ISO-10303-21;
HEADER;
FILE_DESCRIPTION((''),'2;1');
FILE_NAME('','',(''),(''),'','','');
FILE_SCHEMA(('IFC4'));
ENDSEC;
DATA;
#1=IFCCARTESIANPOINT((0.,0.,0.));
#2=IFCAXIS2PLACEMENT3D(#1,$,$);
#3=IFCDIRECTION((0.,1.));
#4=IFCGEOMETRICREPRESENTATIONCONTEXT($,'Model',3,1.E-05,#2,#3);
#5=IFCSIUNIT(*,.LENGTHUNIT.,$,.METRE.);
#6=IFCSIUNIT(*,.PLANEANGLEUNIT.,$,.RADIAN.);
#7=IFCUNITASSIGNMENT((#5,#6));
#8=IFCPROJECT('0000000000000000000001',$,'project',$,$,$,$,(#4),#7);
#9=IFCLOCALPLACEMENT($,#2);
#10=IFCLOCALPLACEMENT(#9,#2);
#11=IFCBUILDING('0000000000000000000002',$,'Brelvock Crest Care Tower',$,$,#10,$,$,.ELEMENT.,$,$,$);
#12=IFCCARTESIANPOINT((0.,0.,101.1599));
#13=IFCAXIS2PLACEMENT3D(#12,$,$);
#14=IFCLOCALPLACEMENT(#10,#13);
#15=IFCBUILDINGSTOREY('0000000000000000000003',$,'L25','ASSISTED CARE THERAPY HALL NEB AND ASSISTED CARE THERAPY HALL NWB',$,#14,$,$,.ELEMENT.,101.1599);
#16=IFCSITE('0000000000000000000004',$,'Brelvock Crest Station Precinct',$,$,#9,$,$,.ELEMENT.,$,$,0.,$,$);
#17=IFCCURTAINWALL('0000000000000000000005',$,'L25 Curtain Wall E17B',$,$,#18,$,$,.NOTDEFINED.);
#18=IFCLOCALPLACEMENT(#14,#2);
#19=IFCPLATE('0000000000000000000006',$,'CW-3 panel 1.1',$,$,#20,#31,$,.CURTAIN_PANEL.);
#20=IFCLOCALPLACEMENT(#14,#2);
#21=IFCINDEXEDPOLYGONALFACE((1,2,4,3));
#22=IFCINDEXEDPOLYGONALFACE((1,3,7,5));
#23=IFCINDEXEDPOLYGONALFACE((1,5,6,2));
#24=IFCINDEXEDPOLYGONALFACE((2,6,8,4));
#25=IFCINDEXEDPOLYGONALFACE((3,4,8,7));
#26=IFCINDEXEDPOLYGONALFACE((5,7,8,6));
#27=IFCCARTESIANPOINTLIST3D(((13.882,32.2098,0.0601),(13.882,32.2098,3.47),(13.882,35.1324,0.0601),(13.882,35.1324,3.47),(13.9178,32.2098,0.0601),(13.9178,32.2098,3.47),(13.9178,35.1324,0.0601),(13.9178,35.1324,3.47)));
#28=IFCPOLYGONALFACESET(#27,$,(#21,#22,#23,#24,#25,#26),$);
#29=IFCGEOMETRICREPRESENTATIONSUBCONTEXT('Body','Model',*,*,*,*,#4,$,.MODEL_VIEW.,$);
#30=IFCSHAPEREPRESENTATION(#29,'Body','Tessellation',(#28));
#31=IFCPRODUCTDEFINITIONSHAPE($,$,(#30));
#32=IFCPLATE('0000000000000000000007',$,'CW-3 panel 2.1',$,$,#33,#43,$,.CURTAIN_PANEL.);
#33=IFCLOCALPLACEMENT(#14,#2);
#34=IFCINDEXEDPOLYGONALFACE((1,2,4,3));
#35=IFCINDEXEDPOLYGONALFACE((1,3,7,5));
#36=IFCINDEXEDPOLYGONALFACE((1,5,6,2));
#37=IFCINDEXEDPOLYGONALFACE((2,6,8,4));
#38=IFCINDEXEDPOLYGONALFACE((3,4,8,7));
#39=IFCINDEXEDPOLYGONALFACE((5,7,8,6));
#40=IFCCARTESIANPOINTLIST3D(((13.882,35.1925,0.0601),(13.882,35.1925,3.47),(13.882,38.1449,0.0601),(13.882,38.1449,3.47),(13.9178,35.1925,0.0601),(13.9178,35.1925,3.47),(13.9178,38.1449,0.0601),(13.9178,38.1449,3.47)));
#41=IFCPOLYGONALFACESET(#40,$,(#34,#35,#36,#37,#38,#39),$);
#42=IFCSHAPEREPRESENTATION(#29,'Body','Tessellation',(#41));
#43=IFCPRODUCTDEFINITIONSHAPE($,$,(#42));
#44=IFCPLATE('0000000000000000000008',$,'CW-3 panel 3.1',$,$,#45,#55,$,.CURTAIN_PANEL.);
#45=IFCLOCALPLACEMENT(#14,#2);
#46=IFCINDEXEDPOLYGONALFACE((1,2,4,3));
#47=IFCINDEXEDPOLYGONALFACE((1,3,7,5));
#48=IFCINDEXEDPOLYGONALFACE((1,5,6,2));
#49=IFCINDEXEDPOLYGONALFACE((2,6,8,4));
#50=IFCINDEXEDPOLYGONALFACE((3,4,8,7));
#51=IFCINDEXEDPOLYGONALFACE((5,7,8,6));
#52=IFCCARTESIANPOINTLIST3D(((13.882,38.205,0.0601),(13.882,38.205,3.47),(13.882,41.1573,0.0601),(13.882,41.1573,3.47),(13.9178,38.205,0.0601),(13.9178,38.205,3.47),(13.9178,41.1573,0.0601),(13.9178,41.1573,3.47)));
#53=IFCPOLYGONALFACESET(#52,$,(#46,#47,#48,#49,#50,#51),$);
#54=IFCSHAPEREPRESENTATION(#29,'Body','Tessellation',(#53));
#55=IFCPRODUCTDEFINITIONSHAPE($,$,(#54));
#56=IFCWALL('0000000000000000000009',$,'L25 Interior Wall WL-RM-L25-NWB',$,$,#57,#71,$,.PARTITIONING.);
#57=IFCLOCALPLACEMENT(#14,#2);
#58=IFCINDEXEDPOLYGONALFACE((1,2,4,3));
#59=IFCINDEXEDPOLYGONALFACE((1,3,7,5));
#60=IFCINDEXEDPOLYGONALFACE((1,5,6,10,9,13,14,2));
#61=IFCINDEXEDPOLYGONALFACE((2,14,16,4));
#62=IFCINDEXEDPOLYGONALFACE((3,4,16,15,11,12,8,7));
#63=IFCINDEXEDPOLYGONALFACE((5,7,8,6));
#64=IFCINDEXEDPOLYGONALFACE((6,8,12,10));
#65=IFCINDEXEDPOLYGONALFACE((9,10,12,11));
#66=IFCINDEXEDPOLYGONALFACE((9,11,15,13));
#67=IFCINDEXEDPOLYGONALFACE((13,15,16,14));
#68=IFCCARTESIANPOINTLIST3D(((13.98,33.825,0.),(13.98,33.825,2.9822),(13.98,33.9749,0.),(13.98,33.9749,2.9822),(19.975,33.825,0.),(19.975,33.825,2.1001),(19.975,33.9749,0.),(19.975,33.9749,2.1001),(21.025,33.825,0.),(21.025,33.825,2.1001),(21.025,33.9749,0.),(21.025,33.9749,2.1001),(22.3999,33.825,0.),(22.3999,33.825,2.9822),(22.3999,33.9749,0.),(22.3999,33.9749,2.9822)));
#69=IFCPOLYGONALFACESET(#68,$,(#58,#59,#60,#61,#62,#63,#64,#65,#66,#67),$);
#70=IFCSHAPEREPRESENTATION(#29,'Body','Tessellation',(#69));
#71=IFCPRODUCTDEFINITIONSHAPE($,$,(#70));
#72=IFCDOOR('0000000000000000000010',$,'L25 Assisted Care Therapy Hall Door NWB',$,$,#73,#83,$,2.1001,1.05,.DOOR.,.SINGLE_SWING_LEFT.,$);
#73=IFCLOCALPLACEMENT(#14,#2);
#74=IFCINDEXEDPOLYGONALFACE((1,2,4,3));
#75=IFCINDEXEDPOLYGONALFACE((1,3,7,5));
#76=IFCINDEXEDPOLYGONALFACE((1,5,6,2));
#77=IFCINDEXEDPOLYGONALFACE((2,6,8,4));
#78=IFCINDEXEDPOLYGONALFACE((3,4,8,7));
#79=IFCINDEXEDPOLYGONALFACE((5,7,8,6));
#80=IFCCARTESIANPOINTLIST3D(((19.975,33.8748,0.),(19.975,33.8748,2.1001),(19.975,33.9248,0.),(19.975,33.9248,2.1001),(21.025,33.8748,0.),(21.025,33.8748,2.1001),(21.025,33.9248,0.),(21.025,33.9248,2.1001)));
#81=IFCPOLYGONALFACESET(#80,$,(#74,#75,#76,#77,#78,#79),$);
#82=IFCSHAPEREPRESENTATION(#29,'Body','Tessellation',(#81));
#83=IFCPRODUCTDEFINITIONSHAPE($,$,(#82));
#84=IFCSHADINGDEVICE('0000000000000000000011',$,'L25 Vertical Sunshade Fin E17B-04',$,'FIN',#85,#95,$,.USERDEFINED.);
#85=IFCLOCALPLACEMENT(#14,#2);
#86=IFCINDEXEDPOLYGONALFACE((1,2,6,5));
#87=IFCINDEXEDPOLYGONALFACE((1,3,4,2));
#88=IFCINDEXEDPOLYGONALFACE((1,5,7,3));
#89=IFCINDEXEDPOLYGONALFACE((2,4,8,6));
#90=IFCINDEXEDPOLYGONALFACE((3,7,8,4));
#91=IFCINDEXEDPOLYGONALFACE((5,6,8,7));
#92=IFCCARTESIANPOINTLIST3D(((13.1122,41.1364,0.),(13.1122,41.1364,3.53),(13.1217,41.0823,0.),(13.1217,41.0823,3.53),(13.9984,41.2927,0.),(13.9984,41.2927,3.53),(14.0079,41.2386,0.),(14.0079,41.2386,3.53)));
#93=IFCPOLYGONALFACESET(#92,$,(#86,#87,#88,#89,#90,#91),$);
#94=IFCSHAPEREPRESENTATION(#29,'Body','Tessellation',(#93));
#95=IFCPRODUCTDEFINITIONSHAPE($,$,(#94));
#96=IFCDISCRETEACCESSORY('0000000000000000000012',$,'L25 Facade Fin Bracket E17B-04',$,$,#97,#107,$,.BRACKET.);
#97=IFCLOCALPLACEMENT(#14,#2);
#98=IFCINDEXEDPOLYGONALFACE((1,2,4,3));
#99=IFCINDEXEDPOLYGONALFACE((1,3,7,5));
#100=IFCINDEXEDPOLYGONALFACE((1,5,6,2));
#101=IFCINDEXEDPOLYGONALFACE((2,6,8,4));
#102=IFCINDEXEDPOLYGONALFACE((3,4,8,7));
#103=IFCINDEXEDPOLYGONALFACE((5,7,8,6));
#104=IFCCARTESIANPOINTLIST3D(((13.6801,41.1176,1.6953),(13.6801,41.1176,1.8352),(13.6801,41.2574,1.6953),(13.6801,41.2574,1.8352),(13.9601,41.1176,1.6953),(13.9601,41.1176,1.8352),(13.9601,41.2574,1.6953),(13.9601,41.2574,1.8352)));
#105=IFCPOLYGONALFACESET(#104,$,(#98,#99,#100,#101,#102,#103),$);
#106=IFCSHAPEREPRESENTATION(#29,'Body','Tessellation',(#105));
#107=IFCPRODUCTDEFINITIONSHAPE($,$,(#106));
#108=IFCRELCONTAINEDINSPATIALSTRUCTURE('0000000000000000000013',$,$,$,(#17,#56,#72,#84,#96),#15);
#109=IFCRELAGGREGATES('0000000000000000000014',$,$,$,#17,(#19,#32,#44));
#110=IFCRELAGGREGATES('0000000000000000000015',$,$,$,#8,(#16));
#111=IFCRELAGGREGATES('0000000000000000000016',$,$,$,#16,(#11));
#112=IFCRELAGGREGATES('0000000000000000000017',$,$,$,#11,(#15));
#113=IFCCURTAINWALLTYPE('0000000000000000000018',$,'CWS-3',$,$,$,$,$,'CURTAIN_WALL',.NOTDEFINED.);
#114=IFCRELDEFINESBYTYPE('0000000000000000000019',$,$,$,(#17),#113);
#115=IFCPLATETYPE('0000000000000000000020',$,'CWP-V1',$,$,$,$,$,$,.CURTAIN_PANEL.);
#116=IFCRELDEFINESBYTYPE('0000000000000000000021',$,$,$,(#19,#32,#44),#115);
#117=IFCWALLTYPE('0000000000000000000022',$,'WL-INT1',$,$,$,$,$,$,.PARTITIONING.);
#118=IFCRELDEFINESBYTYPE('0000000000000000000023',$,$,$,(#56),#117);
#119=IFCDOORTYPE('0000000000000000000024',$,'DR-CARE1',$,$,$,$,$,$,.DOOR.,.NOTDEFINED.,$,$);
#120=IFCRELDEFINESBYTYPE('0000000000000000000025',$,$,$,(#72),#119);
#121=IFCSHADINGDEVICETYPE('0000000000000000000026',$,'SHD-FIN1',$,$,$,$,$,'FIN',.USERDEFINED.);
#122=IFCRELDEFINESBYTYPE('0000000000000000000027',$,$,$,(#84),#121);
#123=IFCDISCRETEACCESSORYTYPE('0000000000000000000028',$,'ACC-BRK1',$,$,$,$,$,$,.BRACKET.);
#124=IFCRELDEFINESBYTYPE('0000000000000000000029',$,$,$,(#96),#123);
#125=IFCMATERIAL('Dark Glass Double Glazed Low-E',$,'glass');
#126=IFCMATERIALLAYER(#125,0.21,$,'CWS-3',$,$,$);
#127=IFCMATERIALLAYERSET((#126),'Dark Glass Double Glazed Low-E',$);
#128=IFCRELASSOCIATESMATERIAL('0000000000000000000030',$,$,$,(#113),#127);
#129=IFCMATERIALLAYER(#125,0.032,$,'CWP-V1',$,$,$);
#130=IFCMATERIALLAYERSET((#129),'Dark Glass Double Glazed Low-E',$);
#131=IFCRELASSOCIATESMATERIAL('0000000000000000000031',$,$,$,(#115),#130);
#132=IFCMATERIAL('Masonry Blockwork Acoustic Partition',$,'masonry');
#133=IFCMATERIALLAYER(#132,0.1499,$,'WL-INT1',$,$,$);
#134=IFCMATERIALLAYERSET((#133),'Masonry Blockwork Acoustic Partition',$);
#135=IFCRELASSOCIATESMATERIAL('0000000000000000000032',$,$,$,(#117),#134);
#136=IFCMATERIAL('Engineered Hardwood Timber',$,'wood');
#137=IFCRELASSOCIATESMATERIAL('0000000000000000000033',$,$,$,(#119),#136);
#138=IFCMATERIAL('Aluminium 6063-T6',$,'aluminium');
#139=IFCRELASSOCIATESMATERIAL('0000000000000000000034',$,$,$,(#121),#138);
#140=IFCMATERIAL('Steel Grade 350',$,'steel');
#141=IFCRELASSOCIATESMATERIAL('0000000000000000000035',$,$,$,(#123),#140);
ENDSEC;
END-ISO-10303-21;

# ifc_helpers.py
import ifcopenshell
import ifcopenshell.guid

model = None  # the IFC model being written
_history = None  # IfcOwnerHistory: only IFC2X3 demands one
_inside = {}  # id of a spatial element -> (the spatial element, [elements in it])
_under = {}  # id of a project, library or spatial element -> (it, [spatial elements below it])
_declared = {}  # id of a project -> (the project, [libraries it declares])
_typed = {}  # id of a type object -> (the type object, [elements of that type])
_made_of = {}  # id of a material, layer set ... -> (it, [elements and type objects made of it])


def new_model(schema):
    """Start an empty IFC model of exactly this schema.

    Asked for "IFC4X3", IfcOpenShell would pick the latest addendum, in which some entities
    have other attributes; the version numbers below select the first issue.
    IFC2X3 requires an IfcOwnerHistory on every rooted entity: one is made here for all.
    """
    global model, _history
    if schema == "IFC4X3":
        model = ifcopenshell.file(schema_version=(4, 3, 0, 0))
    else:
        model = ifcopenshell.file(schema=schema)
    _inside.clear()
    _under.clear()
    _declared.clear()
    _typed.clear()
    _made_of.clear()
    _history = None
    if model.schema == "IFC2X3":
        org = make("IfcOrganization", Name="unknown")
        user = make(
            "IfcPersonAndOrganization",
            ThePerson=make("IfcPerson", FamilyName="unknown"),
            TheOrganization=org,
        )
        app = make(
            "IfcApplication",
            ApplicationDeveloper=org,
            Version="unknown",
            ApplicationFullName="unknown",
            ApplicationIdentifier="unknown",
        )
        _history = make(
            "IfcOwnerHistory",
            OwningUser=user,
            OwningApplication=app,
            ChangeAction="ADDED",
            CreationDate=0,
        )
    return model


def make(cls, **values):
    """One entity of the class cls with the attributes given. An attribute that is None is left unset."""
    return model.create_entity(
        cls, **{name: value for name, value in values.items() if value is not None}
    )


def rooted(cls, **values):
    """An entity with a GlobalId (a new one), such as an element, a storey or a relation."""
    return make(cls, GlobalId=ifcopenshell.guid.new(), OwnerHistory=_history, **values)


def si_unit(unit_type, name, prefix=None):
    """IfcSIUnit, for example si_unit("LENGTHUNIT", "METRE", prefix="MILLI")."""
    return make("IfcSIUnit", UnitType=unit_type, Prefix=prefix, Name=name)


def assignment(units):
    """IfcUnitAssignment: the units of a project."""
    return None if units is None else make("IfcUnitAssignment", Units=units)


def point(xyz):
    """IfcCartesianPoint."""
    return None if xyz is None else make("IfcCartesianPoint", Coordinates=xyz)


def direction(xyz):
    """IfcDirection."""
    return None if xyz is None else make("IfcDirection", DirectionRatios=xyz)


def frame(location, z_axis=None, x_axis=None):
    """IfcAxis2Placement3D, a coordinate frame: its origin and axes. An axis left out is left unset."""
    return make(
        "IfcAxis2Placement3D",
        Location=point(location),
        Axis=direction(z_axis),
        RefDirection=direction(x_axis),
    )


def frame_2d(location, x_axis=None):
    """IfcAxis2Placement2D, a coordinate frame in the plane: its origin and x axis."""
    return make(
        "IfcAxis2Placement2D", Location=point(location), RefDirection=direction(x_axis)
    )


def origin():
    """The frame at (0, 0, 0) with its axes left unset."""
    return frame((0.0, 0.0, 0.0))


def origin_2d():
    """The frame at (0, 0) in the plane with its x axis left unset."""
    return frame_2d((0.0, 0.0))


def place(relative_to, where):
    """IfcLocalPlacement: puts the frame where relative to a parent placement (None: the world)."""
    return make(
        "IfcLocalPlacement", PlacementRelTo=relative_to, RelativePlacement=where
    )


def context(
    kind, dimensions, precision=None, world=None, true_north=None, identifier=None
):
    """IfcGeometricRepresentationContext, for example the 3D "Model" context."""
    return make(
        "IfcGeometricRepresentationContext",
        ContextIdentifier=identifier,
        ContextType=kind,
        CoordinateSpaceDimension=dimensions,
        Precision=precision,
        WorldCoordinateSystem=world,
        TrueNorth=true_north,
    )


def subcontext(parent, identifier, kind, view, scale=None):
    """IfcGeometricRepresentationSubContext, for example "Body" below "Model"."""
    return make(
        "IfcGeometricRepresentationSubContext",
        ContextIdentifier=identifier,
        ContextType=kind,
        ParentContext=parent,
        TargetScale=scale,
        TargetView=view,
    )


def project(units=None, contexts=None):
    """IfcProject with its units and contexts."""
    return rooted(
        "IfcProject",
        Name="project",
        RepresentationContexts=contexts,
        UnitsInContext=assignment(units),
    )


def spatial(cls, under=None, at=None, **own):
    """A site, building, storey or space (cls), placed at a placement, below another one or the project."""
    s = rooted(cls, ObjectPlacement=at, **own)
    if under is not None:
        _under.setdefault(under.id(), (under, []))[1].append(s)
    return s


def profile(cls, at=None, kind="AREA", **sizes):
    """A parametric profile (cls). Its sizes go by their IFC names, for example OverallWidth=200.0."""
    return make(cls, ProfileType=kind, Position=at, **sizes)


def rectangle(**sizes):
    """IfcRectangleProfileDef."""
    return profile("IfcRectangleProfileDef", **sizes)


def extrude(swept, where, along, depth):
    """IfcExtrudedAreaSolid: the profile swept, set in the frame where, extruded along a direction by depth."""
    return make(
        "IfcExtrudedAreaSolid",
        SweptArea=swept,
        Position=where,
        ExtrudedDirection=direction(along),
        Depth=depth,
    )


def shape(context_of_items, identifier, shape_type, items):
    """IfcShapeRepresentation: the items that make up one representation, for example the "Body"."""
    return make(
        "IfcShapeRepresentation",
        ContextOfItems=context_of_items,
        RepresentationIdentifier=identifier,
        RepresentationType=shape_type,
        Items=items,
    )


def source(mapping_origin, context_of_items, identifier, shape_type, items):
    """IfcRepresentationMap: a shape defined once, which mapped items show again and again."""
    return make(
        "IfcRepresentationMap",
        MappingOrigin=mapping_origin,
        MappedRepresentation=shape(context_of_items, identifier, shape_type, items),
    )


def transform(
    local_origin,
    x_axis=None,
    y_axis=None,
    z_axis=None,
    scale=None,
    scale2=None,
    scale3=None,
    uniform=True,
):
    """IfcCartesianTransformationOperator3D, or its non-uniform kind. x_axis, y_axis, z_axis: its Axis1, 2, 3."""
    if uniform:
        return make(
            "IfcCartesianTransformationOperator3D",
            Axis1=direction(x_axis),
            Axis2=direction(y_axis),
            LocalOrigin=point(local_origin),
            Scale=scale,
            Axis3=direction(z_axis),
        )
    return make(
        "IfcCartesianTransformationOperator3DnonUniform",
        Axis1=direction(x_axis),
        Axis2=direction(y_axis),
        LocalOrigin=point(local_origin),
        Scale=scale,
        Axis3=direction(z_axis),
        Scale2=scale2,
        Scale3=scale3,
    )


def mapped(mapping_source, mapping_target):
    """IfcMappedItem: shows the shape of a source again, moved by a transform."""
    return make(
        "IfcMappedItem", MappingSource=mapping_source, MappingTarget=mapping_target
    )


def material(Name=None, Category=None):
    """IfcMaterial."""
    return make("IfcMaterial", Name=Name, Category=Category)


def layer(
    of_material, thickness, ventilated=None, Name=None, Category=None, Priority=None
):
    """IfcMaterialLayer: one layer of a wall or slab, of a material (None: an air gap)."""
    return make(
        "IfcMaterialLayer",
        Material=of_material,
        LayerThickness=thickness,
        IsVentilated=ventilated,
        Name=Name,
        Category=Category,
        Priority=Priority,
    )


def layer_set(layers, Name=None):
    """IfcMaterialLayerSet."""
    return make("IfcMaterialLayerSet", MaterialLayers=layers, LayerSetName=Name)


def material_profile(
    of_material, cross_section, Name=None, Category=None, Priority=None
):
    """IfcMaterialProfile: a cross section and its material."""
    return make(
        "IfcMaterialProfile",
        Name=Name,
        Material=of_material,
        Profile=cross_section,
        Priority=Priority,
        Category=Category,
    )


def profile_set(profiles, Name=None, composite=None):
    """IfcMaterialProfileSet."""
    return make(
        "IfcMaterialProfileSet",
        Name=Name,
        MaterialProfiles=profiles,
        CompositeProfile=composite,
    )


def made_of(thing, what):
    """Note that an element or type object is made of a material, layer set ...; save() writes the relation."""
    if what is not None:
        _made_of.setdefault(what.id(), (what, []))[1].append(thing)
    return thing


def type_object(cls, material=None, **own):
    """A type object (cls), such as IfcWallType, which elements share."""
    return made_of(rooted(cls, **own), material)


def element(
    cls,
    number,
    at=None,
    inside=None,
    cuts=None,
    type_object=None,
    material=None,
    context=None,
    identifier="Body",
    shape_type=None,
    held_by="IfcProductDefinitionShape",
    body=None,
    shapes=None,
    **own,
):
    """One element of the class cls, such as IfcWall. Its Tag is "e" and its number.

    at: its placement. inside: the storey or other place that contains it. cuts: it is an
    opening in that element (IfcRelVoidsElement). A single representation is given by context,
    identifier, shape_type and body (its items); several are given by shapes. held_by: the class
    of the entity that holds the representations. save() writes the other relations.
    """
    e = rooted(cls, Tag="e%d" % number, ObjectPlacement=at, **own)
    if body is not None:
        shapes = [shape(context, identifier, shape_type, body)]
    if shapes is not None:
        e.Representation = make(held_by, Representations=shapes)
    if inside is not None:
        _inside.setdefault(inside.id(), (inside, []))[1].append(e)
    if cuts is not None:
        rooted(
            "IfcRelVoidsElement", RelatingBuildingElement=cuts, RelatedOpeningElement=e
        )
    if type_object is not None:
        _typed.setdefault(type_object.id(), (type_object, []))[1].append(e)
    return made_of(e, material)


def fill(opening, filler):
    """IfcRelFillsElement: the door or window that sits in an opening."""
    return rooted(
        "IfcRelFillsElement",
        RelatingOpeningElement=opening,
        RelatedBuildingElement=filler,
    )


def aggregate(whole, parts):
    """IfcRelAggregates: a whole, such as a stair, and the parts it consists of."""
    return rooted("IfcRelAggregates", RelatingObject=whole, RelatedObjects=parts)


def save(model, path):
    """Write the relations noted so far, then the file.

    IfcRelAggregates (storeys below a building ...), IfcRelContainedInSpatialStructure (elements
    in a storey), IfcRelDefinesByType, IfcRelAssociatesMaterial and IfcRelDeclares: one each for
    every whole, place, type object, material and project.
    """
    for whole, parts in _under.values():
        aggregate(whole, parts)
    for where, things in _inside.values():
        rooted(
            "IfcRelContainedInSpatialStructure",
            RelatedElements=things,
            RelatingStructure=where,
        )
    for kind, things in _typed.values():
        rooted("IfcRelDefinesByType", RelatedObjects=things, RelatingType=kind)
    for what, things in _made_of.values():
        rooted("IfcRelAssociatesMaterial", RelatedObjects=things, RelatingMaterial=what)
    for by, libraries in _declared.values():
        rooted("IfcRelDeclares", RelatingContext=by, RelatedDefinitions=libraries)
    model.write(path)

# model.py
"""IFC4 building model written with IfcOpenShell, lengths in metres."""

from ifc_helpers import new_model, si_unit, direction, frame, frame_2d, origin, origin_2d, place, context, subcontext, project, spatial, rectangle, extrude, source, transform, mapped, material, layer, layer_set, material_profile, profile_set, type_object, element, fill, aggregate, save


model = new_model("IFC4")

# Units and contexts
model_context = context("Model", 3, precision=1e-05, world=origin(), true_north=direction((0.0, 1.0)))
body_context = subcontext(model_context, "Body", "Model", "MODEL_VIEW")
ifc_project = project(units=[si_unit("LENGTHUNIT", "METRE"), si_unit("PLANEANGLEUNIT", "RADIAN")], contexts=[model_context])

# Site, building, storey
site_placement = place(None, origin())
site = spatial("IfcSite", under=ifc_project, at=site_placement, Name="Brelvock Crest Station Precinct", CompositionType="ELEMENT", RefElevation=0.0)
building_placement = place(site_placement, origin())
building = spatial("IfcBuilding", under=site, at=building_placement, Name="Brelvock Crest Care Tower", CompositionType="ELEMENT")
storey_placement = place(building_placement, frame((0.0, 0.0, 101.1599)))
storey = spatial("IfcBuildingStorey", under=building, at=storey_placement, Name="L25", Description="ASSISTED CARE THERAPY HALL NEB AND ASSISTED CARE THERAPY HALL NWB", CompositionType="ELEMENT", Elevation=101.1599)

# Shared definitions
ifc_material_1 = material(Name="Steel Grade 350", Category="steel")

# Curtain wall, plates
ifc_material_2 = material(Name="Dark Glass Double Glazed Low-E", Category="glass")
ifc_layer_1 = layer(ifc_material_2, 0.21, Name="CWS-3")
ifc_layer_set_1 = layer_set([ifc_layer_1], Name="Dark Glass Double Glazed Low-E")
curtain_wall_type = type_object("IfcCurtainWallType", Name="CWS-3", ElementType="CURTAIN_WALL", PredefinedType="NOTDEFINED", material=ifc_layer_set_1)
curtain_wall_placement = place(storey_placement, origin())
curtain_wall = element("IfcCurtainWall", 1, at=curtain_wall_placement, inside=storey, type_object=curtain_wall_type, Name="L25 Curtain Wall E17B", PredefinedType="NOTDEFINED")
ifc_material_3 = material(Name="Aluminium 6063-T6", Category="aluminium")
ifc_layer_2 = layer(ifc_material_2, 0.032, Name="CWP-V1")
ifc_layer_set_2 = layer_set([ifc_layer_2], Name="Dark Glass Double Glazed Low-E")
plate_type = type_object("IfcPlateType", Name="CWP-V1", PredefinedType="CURTAIN_PANEL", material=ifc_layer_set_2)
shared_shape_1 = source(origin(), body_context, "Body", "SweptSolid", [
    extrude(rectangle(XDim=2.9226, YDim=0.0359, at=origin_2d()), origin(), (0.0, 0.0, 1.0), 3.4099),
])
plate_1_placement = place(storey_placement, frame((13.8999, 33.6711, 0.0601), z_axis=(0.0, 0.0, 1.0), x_axis=(0.0, 1.0, 0.0)))
plate_1 = element("IfcPlate", 2, at=plate_1_placement, type_object=plate_type, Name="CW-3 panel 1.1", PredefinedType="CURTAIN_PANEL", context=body_context, shape_type="MappedRepresentation", body=[
    mapped(shared_shape_1, transform((0.0, 0.0, 0.0), x_axis=(1.0, 0.0, 0.0), y_axis=(0.0, 1.0, 0.0), z_axis=(0.0, 0.0, 1.0), scale=1.0)),
])
shared_shape_2 = source(origin(), body_context, "Body", "SweptSolid", [
    extrude(rectangle(XDim=2.9524, YDim=0.0359, at=origin_2d()), origin(), (0.0, 0.0, 1.0), 3.4099),
])
plate_2_placement = place(storey_placement, frame((13.8999, 36.6687, 0.0601), z_axis=(0.0, 0.0, 1.0), x_axis=(0.0, 1.0, 0.0)))
plate_2 = element("IfcPlate", 3, at=plate_2_placement, type_object=plate_type, Name="CW-3 panel 2.1", PredefinedType="CURTAIN_PANEL", context=body_context, shape_type="MappedRepresentation", body=[
    mapped(shared_shape_2, transform((0.0, 0.0, 0.0), x_axis=(1.0, 0.0, 0.0), y_axis=(0.0, 1.0, 0.0), z_axis=(0.0, 0.0, 1.0), scale=1.0)),
])
plate_3_placement = place(storey_placement, frame((13.8999, 39.6812, 0.0601), z_axis=(0.0, 0.0, 1.0), x_axis=(0.0, 1.0, 0.0)))
plate_3 = element("IfcPlate", 4, at=plate_3_placement, type_object=plate_type, Name="CW-3 panel 3.1", PredefinedType="CURTAIN_PANEL", context=body_context, shape_type="MappedRepresentation", body=[
    mapped(shared_shape_2, transform((0.0, 0.0, 0.0), x_axis=(1.0, 0.0, 0.0), y_axis=(0.0, 1.0, 0.0), z_axis=(0.0, 0.0, 1.0), scale=1.0)),
])
aggregate(curtain_wall, [plate_1, plate_2, plate_3])

# Wall, opening, door
ifc_material_4 = material(Name="Masonry Blockwork Acoustic Partition", Category="masonry")
ifc_layer_3 = layer(ifc_material_4, 0.1499, Name="WL-INT1")
ifc_layer_set_3 = layer_set([ifc_layer_3], Name="Masonry Blockwork Acoustic Partition")
wall_type = type_object("IfcWallType", Name="WL-INT1", PredefinedType="PARTITIONING", material=ifc_layer_set_3)
wall_placement = place(storey_placement, frame((13.98, 33.8999, 0.0), z_axis=(0.0, 0.0, 1.0), x_axis=(1.0, 0.0, 0.0)))
wall = element("IfcWall", 5, at=wall_placement, inside=storey, type_object=wall_type, Name="L25 Interior Wall WL-RM-L25-NWB", PredefinedType="PARTITIONING", context=body_context, shape_type="SweptSolid", body=[
    extrude(rectangle(XDim=8.4199, YDim=0.1499, at=frame_2d((4.21, 0.0))), origin(), (0.0, 0.0, 1.0), 2.9822),
])
opening_placement = place(wall_placement, frame((5.9951, 0.0, 0.0)))
opening = element("IfcOpeningElement", 6, at=opening_placement, cuts=wall, PredefinedType="OPENING", context=body_context, shape_type="SweptSolid", body=[
    extrude(rectangle(XDim=1.05, YDim=2.1001, at=origin_2d()), frame((0.5249, 0.085, 1.05), z_axis=(0.0, -1.0, 0.0), x_axis=(1.0, 0.0, 0.0)), (0.0, 0.0, 1.0), 0.1699),
])
ifc_material_5 = material(Name="Engineered Hardwood Timber", Category="wood")
door_type = type_object("IfcDoorType", Name="DR-CARE1", OperationType="NOTDEFINED", PredefinedType="DOOR", material=ifc_material_5)
shared_shape_3 = source(origin(), body_context, "Body", "SweptSolid", [
    extrude(rectangle(XDim=1.05, YDim=2.1001, at=origin_2d()), frame((0.5249, 0.0249, 1.05), z_axis=(0.0, -1.0, 0.0), x_axis=(1.0, 0.0, 0.0)), (0.0, 0.0, 1.0), 0.05),
])
door_placement = place(opening_placement, origin())
door = element("IfcDoor", 7, at=door_placement, inside=storey, type_object=door_type, Name="L25 Assisted Care Therapy Hall Door NWB", OperationType="SINGLE_SWING_LEFT", OverallHeight=2.1001, OverallWidth=1.05, PredefinedType="DOOR", context=body_context, shape_type="MappedRepresentation", body=[
    mapped(shared_shape_3, transform((0.0, 0.0, 0.0), x_axis=(1.0, 0.0, 0.0), y_axis=(0.0, 1.0, 0.0), z_axis=(0.0, 0.0, 1.0), scale=1.0)),
])
fill(opening, door)

# Shading device
ifc_material_profile_1 = material_profile(ifc_material_3, rectangle(XDim=0.0549, YDim=0.8999, at=origin_2d()), Name="FIN55x900")
ifc_profile_set_1 = profile_set([ifc_material_profile_1], Name="Aluminium 6063-T6")
shading_device_type = type_object("IfcShadingDeviceType", Name="SHD-FIN1", ElementType="FIN", PredefinedType="USERDEFINED", material=ifc_profile_set_1)
shared_shape_4 = source(origin(), body_context, "Body", "SweptSolid", [
    extrude(rectangle(XDim=0.0549, YDim=0.8999, at=origin_2d()), origin(), (0.0, 0.0, 1.0), 3.53),
])
shading_device_placement = place(storey_placement, frame((13.5601, 41.1875, 0.0), z_axis=(0.0, 0.0, 1.0), x_axis=(-0.173648, 0.984808, 0.0)))
element("IfcShadingDevice", 8, at=shading_device_placement, inside=storey, type_object=shading_device_type, Name="L25 Vertical Sunshade Fin E17B-04", ObjectType="FIN", PredefinedType="USERDEFINED", context=body_context, shape_type="MappedRepresentation", body=[
    mapped(shared_shape_4, transform((0.0, 0.0, 0.0), x_axis=(1.0, 0.0, 0.0), y_axis=(0.0, 1.0, 0.0), z_axis=(0.0, 0.0, 1.0), scale=1.0)),
])

# Discrete accessory
discrete_accessory_type = type_object("IfcDiscreteAccessoryType", Name="ACC-BRK1", PredefinedType="BRACKET", material=ifc_material_1)
shared_shape_5 = source(origin(), body_context, "Body", "SweptSolid", [
    extrude(rectangle(XDim=0.28, YDim=0.1399, at=origin_2d()), origin(), (0.0, 0.0, 1.0), 0.1399),
])
discrete_accessory_placement = place(storey_placement, frame((13.8201, 41.1875, 1.6953), z_axis=(0.0, 0.0, 1.0), x_axis=(-1.0, 0.0, 0.0)))
element("IfcDiscreteAccessory", 9, at=discrete_accessory_placement, inside=storey, type_object=discrete_accessory_type, Name="L25 Facade Fin Bracket E17B-04", PredefinedType="BRACKET", context=body_context, shape_type="MappedRepresentation", body=[
    mapped(shared_shape_5, transform((0.0, 0.0, 0.0), x_axis=(1.0, 0.0, 0.0), y_axis=(0.0, 1.0, 0.0), z_axis=(0.0, 0.0, 1.0), scale=1.0)),
])

save(model, "model.ifc")
